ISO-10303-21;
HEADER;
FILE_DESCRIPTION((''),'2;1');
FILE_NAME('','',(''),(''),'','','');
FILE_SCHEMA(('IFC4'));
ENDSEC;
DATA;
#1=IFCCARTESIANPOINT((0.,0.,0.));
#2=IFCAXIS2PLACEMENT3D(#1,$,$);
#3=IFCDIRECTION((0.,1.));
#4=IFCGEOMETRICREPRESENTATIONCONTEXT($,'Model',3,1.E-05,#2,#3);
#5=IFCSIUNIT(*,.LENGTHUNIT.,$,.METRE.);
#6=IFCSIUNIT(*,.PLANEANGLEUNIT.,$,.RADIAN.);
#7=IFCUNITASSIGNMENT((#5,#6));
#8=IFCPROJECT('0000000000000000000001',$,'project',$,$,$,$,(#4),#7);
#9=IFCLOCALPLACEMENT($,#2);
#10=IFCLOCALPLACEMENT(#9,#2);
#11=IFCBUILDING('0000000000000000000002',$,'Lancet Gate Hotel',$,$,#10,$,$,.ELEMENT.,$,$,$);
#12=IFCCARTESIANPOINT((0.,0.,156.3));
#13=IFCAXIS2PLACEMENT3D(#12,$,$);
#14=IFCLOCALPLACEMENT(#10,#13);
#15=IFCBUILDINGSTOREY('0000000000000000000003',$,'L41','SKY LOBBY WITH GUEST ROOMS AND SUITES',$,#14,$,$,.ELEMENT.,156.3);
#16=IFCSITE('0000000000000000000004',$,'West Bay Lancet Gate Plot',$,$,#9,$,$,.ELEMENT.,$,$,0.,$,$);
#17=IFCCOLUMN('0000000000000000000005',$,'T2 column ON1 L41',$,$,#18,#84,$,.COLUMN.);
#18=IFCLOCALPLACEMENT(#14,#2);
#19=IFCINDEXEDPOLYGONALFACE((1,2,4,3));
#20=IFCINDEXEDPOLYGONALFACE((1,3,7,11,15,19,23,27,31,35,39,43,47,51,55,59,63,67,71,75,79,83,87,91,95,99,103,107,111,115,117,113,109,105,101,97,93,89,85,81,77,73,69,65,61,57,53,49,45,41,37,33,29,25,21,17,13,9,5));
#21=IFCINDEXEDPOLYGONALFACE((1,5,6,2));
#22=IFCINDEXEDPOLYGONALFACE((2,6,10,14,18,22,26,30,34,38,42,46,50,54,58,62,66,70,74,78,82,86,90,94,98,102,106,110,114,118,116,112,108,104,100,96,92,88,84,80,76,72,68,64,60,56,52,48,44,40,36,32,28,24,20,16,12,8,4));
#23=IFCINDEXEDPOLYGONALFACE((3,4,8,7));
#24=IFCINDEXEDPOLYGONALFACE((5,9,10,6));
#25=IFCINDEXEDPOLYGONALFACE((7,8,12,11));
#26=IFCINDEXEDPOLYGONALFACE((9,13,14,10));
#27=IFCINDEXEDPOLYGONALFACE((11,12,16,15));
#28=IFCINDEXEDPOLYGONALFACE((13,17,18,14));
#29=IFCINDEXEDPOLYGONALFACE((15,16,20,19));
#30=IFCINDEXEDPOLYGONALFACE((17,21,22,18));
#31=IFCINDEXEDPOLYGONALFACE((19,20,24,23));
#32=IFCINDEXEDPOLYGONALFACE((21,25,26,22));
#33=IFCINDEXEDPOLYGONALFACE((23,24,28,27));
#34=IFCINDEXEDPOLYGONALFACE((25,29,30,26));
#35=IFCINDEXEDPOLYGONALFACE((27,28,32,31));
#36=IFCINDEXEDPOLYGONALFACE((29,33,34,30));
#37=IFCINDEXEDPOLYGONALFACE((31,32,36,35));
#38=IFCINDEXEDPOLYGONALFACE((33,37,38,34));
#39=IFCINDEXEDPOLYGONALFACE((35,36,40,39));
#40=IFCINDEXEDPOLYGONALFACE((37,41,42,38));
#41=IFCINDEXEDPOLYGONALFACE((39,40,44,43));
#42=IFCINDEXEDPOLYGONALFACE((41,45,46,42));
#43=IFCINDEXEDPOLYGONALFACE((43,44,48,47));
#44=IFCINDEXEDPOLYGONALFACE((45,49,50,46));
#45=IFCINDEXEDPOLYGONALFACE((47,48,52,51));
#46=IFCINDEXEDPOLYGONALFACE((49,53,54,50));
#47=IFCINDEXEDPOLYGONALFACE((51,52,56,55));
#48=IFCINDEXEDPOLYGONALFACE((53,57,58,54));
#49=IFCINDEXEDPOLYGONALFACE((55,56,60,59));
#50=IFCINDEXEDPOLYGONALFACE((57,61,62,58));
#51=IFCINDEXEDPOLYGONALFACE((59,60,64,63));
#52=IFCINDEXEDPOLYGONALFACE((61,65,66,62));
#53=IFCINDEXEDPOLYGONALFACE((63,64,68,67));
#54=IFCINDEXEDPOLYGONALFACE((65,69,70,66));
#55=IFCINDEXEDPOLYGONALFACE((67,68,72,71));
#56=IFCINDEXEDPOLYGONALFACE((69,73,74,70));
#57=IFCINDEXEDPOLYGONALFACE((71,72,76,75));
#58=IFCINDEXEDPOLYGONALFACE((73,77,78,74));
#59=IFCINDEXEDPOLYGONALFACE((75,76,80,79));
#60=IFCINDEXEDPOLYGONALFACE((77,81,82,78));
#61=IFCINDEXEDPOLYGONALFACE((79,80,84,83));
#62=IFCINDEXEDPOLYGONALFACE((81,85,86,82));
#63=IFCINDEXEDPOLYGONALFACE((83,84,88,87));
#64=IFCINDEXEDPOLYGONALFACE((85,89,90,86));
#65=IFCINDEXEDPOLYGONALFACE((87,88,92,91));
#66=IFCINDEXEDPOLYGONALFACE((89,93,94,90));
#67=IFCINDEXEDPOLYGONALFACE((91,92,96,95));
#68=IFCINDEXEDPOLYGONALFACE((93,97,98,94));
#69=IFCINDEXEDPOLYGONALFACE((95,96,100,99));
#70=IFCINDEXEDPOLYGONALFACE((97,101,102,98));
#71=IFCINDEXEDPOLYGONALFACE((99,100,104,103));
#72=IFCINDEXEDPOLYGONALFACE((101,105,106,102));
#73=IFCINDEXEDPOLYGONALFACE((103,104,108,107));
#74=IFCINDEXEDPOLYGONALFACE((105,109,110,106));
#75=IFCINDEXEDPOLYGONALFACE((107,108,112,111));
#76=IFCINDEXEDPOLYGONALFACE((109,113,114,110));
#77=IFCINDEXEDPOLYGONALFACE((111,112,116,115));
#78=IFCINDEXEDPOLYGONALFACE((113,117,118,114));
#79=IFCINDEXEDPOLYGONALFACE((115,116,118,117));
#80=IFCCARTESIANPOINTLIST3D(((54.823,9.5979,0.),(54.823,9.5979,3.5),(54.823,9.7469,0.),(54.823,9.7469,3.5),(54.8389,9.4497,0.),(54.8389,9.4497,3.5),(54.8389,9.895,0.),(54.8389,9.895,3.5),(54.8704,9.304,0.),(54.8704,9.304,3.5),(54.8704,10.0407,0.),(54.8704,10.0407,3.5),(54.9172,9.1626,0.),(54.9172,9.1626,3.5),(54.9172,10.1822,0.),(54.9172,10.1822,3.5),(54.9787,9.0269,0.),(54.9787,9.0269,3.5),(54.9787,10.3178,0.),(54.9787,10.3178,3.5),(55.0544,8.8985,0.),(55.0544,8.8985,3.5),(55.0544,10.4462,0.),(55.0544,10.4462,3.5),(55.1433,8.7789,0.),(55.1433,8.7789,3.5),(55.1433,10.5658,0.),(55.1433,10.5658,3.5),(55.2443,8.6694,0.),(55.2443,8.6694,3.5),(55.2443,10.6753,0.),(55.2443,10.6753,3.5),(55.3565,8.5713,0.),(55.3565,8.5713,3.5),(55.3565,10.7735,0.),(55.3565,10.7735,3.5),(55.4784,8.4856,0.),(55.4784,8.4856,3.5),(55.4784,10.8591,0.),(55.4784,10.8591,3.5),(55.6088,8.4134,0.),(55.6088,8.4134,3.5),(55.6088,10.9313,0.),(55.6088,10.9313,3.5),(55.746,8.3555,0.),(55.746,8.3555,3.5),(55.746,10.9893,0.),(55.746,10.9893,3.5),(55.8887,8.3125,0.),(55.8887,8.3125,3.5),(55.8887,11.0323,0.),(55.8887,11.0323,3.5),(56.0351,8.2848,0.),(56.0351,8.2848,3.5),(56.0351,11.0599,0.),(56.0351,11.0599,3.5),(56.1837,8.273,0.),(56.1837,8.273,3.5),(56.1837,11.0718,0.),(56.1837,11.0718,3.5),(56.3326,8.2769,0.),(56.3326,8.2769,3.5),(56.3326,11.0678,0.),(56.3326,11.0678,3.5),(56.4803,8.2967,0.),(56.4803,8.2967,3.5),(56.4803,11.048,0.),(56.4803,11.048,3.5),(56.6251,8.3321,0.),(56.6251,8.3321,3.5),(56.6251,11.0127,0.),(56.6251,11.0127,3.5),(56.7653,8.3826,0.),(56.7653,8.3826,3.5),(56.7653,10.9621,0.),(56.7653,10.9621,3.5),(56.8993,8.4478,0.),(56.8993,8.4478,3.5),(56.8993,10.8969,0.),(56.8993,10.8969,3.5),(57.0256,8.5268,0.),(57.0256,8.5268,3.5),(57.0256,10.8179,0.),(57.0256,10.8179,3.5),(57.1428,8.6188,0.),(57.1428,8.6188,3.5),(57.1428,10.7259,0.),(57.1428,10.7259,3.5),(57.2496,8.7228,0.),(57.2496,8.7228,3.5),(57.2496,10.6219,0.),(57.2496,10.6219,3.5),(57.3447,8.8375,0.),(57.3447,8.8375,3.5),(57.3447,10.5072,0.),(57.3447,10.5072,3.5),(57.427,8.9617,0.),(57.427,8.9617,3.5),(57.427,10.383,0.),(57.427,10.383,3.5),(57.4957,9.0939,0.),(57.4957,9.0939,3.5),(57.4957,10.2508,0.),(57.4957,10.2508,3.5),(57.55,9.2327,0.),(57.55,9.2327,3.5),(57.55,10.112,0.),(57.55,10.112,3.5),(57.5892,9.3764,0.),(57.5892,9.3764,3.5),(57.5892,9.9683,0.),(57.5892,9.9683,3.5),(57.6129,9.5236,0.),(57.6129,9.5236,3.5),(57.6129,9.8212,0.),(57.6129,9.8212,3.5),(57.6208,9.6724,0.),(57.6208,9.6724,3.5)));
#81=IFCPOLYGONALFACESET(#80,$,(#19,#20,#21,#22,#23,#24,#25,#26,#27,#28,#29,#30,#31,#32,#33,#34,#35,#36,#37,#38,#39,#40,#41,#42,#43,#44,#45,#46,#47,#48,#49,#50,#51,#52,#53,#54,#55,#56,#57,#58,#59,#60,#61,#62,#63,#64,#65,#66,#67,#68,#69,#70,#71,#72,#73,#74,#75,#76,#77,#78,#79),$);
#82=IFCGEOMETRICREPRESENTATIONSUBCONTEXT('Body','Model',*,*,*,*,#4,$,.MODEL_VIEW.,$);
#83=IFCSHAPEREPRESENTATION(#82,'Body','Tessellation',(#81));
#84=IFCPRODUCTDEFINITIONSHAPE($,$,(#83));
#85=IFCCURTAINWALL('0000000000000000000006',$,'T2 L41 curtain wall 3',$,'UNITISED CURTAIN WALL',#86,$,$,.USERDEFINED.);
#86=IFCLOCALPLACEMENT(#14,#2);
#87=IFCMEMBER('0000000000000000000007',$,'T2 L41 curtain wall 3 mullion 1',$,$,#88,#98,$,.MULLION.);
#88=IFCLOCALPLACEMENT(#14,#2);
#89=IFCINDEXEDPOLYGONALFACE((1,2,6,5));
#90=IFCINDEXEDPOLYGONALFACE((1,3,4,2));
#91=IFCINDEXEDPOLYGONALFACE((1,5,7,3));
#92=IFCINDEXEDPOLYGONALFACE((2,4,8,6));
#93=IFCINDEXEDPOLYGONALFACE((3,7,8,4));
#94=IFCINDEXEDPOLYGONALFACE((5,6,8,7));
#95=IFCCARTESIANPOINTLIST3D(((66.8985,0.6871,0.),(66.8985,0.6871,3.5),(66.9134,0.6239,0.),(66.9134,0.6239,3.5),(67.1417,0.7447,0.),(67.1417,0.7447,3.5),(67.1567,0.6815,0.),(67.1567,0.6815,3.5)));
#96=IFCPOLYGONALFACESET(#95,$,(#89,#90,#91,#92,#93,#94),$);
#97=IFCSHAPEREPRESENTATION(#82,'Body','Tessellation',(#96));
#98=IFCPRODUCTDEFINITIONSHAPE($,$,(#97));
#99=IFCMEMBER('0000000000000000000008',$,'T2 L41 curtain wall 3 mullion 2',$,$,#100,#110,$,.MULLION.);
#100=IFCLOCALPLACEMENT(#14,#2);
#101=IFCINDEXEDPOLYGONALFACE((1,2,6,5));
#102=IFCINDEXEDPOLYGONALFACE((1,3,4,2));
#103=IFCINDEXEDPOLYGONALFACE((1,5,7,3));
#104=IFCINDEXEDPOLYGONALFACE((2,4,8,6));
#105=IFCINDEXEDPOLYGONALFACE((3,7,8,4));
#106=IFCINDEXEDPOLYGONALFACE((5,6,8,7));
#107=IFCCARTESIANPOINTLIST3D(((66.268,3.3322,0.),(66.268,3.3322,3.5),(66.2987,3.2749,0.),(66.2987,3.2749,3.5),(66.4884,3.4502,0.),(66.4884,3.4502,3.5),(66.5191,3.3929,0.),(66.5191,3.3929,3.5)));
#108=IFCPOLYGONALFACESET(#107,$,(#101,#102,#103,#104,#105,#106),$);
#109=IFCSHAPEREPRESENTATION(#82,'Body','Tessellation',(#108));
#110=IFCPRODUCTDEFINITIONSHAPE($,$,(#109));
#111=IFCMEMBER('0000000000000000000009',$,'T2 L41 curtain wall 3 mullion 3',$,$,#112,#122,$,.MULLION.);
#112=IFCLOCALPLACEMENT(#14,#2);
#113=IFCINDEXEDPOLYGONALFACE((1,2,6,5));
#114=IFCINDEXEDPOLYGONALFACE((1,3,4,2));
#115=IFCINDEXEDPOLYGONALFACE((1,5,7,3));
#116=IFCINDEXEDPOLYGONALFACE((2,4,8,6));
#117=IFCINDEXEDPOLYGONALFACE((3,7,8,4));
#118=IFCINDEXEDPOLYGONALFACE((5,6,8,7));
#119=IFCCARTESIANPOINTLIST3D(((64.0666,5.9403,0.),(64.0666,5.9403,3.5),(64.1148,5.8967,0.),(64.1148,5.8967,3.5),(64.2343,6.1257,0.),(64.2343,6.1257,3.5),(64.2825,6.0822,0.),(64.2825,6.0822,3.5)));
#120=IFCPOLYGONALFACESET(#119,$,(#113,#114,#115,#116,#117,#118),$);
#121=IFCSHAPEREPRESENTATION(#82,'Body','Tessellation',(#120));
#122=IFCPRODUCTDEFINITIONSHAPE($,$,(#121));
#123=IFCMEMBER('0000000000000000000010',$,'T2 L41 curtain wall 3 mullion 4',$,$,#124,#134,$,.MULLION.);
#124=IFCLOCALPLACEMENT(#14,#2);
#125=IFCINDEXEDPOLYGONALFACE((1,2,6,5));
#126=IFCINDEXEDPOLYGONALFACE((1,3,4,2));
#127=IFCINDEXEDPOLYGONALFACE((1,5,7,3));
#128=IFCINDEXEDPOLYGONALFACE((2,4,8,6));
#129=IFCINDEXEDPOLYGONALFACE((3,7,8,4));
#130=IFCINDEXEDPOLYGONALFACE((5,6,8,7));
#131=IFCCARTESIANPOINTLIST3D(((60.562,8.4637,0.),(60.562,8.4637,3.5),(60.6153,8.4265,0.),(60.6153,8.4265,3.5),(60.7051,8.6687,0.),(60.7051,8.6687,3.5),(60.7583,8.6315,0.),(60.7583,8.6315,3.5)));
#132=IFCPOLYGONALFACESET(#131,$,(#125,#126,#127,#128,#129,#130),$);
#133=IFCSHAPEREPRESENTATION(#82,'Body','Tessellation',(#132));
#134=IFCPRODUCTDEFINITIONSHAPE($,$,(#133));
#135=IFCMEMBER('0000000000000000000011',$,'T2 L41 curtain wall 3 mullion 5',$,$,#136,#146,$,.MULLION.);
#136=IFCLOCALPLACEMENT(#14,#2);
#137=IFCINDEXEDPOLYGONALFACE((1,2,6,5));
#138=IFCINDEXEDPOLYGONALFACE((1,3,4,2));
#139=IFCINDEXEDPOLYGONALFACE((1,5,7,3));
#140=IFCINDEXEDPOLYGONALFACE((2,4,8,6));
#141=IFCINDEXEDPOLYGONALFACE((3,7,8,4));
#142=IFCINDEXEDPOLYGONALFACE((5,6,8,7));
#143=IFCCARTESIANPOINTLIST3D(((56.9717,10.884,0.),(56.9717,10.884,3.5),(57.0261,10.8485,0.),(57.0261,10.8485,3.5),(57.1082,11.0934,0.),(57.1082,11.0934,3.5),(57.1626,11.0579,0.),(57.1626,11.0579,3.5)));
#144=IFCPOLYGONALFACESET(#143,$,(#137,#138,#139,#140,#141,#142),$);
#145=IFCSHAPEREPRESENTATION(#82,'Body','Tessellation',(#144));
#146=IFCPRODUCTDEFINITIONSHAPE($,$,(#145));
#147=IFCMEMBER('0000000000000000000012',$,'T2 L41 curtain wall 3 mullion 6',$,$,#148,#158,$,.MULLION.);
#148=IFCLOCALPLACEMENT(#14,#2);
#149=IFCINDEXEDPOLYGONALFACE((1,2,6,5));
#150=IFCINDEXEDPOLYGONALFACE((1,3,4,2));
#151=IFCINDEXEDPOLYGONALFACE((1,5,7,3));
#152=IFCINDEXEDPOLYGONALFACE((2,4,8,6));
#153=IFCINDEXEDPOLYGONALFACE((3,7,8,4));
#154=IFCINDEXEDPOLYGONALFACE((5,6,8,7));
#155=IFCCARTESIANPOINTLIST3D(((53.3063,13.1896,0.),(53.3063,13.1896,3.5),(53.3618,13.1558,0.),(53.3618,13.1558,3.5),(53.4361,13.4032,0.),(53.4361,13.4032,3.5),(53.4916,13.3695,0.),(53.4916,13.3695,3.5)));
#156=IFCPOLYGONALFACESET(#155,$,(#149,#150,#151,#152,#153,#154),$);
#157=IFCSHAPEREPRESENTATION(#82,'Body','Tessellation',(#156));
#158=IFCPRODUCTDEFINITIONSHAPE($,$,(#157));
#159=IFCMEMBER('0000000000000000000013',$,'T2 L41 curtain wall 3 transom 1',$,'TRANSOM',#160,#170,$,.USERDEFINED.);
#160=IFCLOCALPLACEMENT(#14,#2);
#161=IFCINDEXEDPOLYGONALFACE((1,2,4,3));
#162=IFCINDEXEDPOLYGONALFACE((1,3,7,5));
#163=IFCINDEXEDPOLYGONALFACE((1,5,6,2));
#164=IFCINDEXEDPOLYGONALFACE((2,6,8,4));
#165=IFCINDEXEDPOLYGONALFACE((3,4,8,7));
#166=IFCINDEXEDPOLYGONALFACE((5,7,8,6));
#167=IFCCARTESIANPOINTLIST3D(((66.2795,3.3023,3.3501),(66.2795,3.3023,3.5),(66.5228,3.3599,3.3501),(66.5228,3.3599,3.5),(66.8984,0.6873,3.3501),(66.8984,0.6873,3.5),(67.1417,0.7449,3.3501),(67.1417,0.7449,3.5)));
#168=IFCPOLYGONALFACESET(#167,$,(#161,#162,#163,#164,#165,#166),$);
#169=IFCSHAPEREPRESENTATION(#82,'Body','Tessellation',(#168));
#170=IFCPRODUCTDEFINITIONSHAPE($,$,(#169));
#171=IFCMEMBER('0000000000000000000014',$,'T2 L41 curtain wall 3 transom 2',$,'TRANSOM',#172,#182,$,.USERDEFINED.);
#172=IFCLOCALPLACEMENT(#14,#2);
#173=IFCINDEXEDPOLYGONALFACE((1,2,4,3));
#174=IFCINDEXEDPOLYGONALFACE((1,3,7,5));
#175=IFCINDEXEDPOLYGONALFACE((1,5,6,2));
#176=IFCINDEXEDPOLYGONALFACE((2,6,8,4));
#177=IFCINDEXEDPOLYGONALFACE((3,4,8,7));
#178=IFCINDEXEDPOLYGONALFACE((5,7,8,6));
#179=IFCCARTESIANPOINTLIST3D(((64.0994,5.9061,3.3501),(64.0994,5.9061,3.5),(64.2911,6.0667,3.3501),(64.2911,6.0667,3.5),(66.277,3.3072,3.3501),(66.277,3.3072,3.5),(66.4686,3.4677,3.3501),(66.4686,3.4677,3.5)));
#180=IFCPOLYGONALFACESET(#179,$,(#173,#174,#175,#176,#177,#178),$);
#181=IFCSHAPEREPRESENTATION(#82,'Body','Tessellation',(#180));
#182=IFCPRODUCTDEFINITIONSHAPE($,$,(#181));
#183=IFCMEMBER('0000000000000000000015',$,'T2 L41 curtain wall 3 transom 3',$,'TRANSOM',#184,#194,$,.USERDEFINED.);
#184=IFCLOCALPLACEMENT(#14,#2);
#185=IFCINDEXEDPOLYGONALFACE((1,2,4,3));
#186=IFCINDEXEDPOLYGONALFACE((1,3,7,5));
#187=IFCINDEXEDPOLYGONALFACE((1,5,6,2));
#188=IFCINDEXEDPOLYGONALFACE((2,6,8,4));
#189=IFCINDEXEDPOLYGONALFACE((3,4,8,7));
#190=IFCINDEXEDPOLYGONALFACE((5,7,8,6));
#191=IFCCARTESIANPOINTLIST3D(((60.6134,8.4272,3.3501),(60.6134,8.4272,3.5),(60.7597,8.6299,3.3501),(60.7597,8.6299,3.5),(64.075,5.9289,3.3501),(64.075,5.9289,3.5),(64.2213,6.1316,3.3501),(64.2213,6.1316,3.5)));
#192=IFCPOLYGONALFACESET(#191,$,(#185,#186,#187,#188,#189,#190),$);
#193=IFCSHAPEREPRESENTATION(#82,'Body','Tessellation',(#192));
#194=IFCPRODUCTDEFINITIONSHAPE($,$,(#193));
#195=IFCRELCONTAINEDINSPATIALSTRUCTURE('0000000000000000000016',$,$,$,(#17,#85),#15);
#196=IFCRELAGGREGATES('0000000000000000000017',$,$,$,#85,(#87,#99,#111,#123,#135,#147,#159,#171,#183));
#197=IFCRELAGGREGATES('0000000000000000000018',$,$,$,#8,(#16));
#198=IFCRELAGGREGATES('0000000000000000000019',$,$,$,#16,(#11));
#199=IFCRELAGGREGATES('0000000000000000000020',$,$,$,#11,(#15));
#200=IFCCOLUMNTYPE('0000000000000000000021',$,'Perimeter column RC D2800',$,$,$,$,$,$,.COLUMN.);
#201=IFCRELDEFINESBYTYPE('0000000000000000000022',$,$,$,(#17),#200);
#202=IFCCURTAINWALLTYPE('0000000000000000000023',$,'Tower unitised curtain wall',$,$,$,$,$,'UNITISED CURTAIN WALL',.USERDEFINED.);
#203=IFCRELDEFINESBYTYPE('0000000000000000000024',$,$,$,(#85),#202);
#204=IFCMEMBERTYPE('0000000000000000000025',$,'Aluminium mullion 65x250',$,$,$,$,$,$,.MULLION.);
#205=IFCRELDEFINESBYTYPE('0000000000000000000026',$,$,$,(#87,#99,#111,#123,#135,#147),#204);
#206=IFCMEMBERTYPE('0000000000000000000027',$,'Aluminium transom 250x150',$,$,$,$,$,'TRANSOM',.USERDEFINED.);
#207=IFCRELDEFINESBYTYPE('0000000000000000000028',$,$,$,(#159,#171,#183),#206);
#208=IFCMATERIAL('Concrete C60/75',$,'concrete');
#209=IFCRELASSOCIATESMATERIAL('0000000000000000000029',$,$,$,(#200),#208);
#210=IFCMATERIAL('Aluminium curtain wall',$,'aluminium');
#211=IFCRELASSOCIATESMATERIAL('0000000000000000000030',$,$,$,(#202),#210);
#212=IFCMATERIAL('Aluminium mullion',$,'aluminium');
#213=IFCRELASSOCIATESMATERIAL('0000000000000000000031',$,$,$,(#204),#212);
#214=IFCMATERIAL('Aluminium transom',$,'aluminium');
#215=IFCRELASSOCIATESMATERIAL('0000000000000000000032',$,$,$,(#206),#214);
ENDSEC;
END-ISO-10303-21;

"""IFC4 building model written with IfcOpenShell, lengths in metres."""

from ifc_helpers import new_model, si_unit, direction, frame, origin, origin_2d, place, context, subcontext, project, spatial, rectangle, circle, extrude, material, material_profile, profile_set, type_object, element, aggregate, save


model = new_model("IFC4")

# Units and contexts
model_context = context("Model", 3, precision=1e-05, world=origin(), true_north=direction((0.0, 1.0)))
body_context = subcontext(model_context, "Body", "Model", "MODEL_VIEW")
ifc_project = project(units=[si_unit("LENGTHUNIT", "METRE"), si_unit("PLANEANGLEUNIT", "RADIAN")], contexts=[model_context])

# Site, building, storey
site_placement = place(None, origin())
site = spatial("IfcSite", under=ifc_project, at=site_placement, Name="West Bay Lancet Gate Plot", CompositionType="ELEMENT", RefElevation=0.0)
building_placement = place(site_placement, origin())
building = spatial("IfcBuilding", under=site, at=building_placement, Name="Lancet Gate Hotel", CompositionType="ELEMENT")
storey_placement = place(building_placement, frame((0.0, 0.0, 156.3)))
storey = spatial("IfcBuildingStorey", under=building, at=storey_placement, Name="L41", Description="SKY LOBBY WITH GUEST ROOMS AND SUITES", CompositionType="ELEMENT", Elevation=156.3)

# Column
ifc_material_1 = material(Name="Concrete C60/75", Category="concrete")
ifc_material_profile_1 = material_profile(ifc_material_1, circle(Radius=1.3999, at=origin_2d()), Name="RC D2800")
ifc_profile_set_1 = profile_set([ifc_material_profile_1], Name="Concrete C60/75")
column_type = type_object("IfcColumnType", Name="Perimeter column RC D2800", PredefinedType="COLUMN", material=ifc_profile_set_1)
column_placement = place(storey_placement, frame((56.2209, 9.6724, 0.0), z_axis=(0.0, 0.0, 1.0), x_axis=(1.0, 0.0, 0.0)))
element("IfcColumn", 1, at=column_placement, inside=storey, type_object=column_type, Name="T2 column ON1 L41", PredefinedType="COLUMN", context=body_context, shape_type="SweptSolid", body=[
    extrude(circle(Radius=1.3999, at=origin_2d()), origin(), (0.0, 0.0, 1.0), 3.5),
])

# Curtain wall, members
ifc_material_2 = material(Name="Aluminium curtain wall", Category="aluminium")
curtain_wall_type = type_object("IfcCurtainWallType", Name="Tower unitised curtain wall", ElementType="UNITISED CURTAIN WALL", PredefinedType="USERDEFINED", material=ifc_material_2)
curtain_wall_placement = place(storey_placement, origin())
curtain_wall = element("IfcCurtainWall", 2, at=curtain_wall_placement, inside=storey, type_object=curtain_wall_type, Name="T2 L41 curtain wall 3", ObjectType="UNITISED CURTAIN WALL", PredefinedType="USERDEFINED")
ifc_material_3 = material(Name="Aluminium mullion", Category="aluminium")
ifc_material_profile_2 = material_profile(ifc_material_3, rectangle(XDim=0.0649, YDim=0.25, at=origin_2d()), Name="MULLION 65x250")
ifc_profile_set_2 = profile_set([ifc_material_profile_2], Name="Aluminium mullion")
member_type_1 = type_object("IfcMemberType", Name="Aluminium mullion 65x250", PredefinedType="MULLION", material=ifc_profile_set_2)
member_1_placement = place(storey_placement, frame((67.0276, 0.6843, 0.0), z_axis=(0.0, 0.0, 1.0), x_axis=(-0.230367, 0.973104, 0.0)))
member_1 = element("IfcMember", 3, at=member_1_placement, type_object=member_type_1, Name="T2 L41 curtain wall 3 mullion 1", PredefinedType="MULLION", context=body_context, shape_type="SweptSolid", body=[
    extrude(rectangle(XDim=0.0649, YDim=0.25, at=origin_2d()), origin(), (0.0, 0.0, 1.0), 3.5),
])
member_2_placement = place(storey_placement, frame((66.3936, 3.3625, 0.0), z_axis=(0.0, 0.0, 1.0), x_axis=(-0.472146, 0.88152, 0.0)))
member_2 = element("IfcMember", 4, at=member_2_placement, type_object=member_type_1, Name="T2 L41 curtain wall 3 mullion 2", PredefinedType="MULLION", context=body_context, shape_type="SweptSolid", body=[
    extrude(rectangle(XDim=0.0649, YDim=0.25, at=origin_2d()), origin(), (0.0, 0.0, 1.0), 3.5),
])
member_3_placement = place(storey_placement, frame((64.1746, 6.0112, 0.0), z_axis=(0.0, 0.0, 1.0), x_axis=(-0.741693, 0.670739, 0.0)))
member_3 = element("IfcMember", 5, at=member_3_placement, type_object=member_type_1, Name="T2 L41 curtain wall 3 mullion 3", PredefinedType="MULLION", context=body_context, shape_type="SweptSolid", body=[
    extrude(rectangle(XDim=0.0649, YDim=0.25, at=origin_2d()), origin(), (0.0, 0.0, 1.0), 3.5),
])
member_4_placement = place(storey_placement, frame((60.6602, 8.5476, 0.0), z_axis=(0.0, 0.0, 1.0), x_axis=(-0.820068, 0.572266, 0.0)))
member_4 = element("IfcMember", 6, at=member_4_placement, type_object=member_type_1, Name="T2 L41 curtain wall 3 mullion 4", PredefinedType="MULLION", context=body_context, shape_type="SweptSolid", body=[
    extrude(rectangle(XDim=0.0649, YDim=0.25, at=origin_2d()), origin(), (0.0, 0.0, 1.0), 3.5),
])
member_5_placement = place(storey_placement, frame((57.0671, 10.9709, 0.0), z_axis=(0.0, 0.0, 1.0), x_axis=(-0.837801, 0.545976, 0.0)))
member_5 = element("IfcMember", 7, at=member_5_placement, type_object=member_type_1, Name="T2 L41 curtain wall 3 mullion 5", PredefinedType="MULLION", context=body_context, shape_type="SweptSolid", body=[
    extrude(rectangle(XDim=0.0649, YDim=0.25, at=origin_2d()), origin(), (0.0, 0.0, 1.0), 3.5),
])
member_6_placement = place(storey_placement, frame((53.3989, 13.2795, 0.0), z_axis=(0.0, 0.0, 1.0), x_axis=(-0.854691, 0.519137, 0.0)))
member_6 = element("IfcMember", 8, at=member_6_placement, type_object=member_type_1, Name="T2 L41 curtain wall 3 mullion 6", PredefinedType="MULLION", context=body_context, shape_type="SweptSolid", body=[
    extrude(rectangle(XDim=0.0649, YDim=0.25, at=origin_2d()), origin(), (0.0, 0.0, 1.0), 3.5),
])
ifc_material_4 = material(Name="Aluminium transom", Category="aluminium")
ifc_material_profile_3 = material_profile(ifc_material_4, rectangle(XDim=0.25, YDim=0.1499, at=origin_2d()), Name="TRANSOM 250x150")
ifc_profile_set_3 = profile_set([ifc_material_profile_3], Name="Aluminium transom")
member_type_2 = type_object("IfcMemberType", Name="Aluminium transom 250x150", ElementType="TRANSOM", PredefinedType="USERDEFINED", material=ifc_profile_set_3)
member_7_placement = place(storey_placement, frame((67.02, 0.7161, 3.425), z_axis=(-0.23031, 0.973117, 0.0), x_axis=(-0.973117, -0.23031, 0.0)))
member_7 = element("IfcMember", 9, at=member_7_placement, type_object=member_type_2, Name="T2 L41 curtain wall 3 transom 1", ObjectType="TRANSOM", PredefinedType="USERDEFINED", context=body_context, shape_type="SweptSolid", body=[
    extrude(rectangle(XDim=0.25, YDim=0.1499, at=origin_2d()), origin(), (0.0, 0.0, 1.0), 2.6873),
])
member_8_placement = place(storey_placement, frame((66.3728, 3.3875, 3.425), z_axis=(-0.642229, 0.766513, 0.0), x_axis=(-0.766513, -0.642229, 0.0)))
member_8 = element("IfcMember", 10, at=member_8_placement, type_object=member_type_2, Name="T2 L41 curtain wall 3 transom 2", ObjectType="TRANSOM", PredefinedType="USERDEFINED", context=body_context, shape_type="SweptSolid", body=[
    extrude(rectangle(XDim=0.25, YDim=0.1499, at=origin_2d()), origin(), (0.0, 0.0, 1.0), 3.3906),
])
member_9_placement = place(storey_placement, frame((64.1482, 6.0303, 3.425), z_axis=(-0.81088, 0.585213, 0.0), x_axis=(-0.585213, -0.81088, 0.0)))
member_9 = element("IfcMember", 11, at=member_9_placement, type_object=member_type_2, Name="T2 L41 curtain wall 3 transom 3", ObjectType="TRANSOM", PredefinedType="USERDEFINED", context=body_context, shape_type="SweptSolid", body=[
    extrude(rectangle(XDim=0.25, YDim=0.1499, at=origin_2d()), origin(), (0.0, 0.0, 1.0), 4.269),
])

aggregate(curtain_wall, [member_1, member_2, member_3, member_4, member_5, member_6, member_7, member_8, member_9])

save(model, "model.ifc")
